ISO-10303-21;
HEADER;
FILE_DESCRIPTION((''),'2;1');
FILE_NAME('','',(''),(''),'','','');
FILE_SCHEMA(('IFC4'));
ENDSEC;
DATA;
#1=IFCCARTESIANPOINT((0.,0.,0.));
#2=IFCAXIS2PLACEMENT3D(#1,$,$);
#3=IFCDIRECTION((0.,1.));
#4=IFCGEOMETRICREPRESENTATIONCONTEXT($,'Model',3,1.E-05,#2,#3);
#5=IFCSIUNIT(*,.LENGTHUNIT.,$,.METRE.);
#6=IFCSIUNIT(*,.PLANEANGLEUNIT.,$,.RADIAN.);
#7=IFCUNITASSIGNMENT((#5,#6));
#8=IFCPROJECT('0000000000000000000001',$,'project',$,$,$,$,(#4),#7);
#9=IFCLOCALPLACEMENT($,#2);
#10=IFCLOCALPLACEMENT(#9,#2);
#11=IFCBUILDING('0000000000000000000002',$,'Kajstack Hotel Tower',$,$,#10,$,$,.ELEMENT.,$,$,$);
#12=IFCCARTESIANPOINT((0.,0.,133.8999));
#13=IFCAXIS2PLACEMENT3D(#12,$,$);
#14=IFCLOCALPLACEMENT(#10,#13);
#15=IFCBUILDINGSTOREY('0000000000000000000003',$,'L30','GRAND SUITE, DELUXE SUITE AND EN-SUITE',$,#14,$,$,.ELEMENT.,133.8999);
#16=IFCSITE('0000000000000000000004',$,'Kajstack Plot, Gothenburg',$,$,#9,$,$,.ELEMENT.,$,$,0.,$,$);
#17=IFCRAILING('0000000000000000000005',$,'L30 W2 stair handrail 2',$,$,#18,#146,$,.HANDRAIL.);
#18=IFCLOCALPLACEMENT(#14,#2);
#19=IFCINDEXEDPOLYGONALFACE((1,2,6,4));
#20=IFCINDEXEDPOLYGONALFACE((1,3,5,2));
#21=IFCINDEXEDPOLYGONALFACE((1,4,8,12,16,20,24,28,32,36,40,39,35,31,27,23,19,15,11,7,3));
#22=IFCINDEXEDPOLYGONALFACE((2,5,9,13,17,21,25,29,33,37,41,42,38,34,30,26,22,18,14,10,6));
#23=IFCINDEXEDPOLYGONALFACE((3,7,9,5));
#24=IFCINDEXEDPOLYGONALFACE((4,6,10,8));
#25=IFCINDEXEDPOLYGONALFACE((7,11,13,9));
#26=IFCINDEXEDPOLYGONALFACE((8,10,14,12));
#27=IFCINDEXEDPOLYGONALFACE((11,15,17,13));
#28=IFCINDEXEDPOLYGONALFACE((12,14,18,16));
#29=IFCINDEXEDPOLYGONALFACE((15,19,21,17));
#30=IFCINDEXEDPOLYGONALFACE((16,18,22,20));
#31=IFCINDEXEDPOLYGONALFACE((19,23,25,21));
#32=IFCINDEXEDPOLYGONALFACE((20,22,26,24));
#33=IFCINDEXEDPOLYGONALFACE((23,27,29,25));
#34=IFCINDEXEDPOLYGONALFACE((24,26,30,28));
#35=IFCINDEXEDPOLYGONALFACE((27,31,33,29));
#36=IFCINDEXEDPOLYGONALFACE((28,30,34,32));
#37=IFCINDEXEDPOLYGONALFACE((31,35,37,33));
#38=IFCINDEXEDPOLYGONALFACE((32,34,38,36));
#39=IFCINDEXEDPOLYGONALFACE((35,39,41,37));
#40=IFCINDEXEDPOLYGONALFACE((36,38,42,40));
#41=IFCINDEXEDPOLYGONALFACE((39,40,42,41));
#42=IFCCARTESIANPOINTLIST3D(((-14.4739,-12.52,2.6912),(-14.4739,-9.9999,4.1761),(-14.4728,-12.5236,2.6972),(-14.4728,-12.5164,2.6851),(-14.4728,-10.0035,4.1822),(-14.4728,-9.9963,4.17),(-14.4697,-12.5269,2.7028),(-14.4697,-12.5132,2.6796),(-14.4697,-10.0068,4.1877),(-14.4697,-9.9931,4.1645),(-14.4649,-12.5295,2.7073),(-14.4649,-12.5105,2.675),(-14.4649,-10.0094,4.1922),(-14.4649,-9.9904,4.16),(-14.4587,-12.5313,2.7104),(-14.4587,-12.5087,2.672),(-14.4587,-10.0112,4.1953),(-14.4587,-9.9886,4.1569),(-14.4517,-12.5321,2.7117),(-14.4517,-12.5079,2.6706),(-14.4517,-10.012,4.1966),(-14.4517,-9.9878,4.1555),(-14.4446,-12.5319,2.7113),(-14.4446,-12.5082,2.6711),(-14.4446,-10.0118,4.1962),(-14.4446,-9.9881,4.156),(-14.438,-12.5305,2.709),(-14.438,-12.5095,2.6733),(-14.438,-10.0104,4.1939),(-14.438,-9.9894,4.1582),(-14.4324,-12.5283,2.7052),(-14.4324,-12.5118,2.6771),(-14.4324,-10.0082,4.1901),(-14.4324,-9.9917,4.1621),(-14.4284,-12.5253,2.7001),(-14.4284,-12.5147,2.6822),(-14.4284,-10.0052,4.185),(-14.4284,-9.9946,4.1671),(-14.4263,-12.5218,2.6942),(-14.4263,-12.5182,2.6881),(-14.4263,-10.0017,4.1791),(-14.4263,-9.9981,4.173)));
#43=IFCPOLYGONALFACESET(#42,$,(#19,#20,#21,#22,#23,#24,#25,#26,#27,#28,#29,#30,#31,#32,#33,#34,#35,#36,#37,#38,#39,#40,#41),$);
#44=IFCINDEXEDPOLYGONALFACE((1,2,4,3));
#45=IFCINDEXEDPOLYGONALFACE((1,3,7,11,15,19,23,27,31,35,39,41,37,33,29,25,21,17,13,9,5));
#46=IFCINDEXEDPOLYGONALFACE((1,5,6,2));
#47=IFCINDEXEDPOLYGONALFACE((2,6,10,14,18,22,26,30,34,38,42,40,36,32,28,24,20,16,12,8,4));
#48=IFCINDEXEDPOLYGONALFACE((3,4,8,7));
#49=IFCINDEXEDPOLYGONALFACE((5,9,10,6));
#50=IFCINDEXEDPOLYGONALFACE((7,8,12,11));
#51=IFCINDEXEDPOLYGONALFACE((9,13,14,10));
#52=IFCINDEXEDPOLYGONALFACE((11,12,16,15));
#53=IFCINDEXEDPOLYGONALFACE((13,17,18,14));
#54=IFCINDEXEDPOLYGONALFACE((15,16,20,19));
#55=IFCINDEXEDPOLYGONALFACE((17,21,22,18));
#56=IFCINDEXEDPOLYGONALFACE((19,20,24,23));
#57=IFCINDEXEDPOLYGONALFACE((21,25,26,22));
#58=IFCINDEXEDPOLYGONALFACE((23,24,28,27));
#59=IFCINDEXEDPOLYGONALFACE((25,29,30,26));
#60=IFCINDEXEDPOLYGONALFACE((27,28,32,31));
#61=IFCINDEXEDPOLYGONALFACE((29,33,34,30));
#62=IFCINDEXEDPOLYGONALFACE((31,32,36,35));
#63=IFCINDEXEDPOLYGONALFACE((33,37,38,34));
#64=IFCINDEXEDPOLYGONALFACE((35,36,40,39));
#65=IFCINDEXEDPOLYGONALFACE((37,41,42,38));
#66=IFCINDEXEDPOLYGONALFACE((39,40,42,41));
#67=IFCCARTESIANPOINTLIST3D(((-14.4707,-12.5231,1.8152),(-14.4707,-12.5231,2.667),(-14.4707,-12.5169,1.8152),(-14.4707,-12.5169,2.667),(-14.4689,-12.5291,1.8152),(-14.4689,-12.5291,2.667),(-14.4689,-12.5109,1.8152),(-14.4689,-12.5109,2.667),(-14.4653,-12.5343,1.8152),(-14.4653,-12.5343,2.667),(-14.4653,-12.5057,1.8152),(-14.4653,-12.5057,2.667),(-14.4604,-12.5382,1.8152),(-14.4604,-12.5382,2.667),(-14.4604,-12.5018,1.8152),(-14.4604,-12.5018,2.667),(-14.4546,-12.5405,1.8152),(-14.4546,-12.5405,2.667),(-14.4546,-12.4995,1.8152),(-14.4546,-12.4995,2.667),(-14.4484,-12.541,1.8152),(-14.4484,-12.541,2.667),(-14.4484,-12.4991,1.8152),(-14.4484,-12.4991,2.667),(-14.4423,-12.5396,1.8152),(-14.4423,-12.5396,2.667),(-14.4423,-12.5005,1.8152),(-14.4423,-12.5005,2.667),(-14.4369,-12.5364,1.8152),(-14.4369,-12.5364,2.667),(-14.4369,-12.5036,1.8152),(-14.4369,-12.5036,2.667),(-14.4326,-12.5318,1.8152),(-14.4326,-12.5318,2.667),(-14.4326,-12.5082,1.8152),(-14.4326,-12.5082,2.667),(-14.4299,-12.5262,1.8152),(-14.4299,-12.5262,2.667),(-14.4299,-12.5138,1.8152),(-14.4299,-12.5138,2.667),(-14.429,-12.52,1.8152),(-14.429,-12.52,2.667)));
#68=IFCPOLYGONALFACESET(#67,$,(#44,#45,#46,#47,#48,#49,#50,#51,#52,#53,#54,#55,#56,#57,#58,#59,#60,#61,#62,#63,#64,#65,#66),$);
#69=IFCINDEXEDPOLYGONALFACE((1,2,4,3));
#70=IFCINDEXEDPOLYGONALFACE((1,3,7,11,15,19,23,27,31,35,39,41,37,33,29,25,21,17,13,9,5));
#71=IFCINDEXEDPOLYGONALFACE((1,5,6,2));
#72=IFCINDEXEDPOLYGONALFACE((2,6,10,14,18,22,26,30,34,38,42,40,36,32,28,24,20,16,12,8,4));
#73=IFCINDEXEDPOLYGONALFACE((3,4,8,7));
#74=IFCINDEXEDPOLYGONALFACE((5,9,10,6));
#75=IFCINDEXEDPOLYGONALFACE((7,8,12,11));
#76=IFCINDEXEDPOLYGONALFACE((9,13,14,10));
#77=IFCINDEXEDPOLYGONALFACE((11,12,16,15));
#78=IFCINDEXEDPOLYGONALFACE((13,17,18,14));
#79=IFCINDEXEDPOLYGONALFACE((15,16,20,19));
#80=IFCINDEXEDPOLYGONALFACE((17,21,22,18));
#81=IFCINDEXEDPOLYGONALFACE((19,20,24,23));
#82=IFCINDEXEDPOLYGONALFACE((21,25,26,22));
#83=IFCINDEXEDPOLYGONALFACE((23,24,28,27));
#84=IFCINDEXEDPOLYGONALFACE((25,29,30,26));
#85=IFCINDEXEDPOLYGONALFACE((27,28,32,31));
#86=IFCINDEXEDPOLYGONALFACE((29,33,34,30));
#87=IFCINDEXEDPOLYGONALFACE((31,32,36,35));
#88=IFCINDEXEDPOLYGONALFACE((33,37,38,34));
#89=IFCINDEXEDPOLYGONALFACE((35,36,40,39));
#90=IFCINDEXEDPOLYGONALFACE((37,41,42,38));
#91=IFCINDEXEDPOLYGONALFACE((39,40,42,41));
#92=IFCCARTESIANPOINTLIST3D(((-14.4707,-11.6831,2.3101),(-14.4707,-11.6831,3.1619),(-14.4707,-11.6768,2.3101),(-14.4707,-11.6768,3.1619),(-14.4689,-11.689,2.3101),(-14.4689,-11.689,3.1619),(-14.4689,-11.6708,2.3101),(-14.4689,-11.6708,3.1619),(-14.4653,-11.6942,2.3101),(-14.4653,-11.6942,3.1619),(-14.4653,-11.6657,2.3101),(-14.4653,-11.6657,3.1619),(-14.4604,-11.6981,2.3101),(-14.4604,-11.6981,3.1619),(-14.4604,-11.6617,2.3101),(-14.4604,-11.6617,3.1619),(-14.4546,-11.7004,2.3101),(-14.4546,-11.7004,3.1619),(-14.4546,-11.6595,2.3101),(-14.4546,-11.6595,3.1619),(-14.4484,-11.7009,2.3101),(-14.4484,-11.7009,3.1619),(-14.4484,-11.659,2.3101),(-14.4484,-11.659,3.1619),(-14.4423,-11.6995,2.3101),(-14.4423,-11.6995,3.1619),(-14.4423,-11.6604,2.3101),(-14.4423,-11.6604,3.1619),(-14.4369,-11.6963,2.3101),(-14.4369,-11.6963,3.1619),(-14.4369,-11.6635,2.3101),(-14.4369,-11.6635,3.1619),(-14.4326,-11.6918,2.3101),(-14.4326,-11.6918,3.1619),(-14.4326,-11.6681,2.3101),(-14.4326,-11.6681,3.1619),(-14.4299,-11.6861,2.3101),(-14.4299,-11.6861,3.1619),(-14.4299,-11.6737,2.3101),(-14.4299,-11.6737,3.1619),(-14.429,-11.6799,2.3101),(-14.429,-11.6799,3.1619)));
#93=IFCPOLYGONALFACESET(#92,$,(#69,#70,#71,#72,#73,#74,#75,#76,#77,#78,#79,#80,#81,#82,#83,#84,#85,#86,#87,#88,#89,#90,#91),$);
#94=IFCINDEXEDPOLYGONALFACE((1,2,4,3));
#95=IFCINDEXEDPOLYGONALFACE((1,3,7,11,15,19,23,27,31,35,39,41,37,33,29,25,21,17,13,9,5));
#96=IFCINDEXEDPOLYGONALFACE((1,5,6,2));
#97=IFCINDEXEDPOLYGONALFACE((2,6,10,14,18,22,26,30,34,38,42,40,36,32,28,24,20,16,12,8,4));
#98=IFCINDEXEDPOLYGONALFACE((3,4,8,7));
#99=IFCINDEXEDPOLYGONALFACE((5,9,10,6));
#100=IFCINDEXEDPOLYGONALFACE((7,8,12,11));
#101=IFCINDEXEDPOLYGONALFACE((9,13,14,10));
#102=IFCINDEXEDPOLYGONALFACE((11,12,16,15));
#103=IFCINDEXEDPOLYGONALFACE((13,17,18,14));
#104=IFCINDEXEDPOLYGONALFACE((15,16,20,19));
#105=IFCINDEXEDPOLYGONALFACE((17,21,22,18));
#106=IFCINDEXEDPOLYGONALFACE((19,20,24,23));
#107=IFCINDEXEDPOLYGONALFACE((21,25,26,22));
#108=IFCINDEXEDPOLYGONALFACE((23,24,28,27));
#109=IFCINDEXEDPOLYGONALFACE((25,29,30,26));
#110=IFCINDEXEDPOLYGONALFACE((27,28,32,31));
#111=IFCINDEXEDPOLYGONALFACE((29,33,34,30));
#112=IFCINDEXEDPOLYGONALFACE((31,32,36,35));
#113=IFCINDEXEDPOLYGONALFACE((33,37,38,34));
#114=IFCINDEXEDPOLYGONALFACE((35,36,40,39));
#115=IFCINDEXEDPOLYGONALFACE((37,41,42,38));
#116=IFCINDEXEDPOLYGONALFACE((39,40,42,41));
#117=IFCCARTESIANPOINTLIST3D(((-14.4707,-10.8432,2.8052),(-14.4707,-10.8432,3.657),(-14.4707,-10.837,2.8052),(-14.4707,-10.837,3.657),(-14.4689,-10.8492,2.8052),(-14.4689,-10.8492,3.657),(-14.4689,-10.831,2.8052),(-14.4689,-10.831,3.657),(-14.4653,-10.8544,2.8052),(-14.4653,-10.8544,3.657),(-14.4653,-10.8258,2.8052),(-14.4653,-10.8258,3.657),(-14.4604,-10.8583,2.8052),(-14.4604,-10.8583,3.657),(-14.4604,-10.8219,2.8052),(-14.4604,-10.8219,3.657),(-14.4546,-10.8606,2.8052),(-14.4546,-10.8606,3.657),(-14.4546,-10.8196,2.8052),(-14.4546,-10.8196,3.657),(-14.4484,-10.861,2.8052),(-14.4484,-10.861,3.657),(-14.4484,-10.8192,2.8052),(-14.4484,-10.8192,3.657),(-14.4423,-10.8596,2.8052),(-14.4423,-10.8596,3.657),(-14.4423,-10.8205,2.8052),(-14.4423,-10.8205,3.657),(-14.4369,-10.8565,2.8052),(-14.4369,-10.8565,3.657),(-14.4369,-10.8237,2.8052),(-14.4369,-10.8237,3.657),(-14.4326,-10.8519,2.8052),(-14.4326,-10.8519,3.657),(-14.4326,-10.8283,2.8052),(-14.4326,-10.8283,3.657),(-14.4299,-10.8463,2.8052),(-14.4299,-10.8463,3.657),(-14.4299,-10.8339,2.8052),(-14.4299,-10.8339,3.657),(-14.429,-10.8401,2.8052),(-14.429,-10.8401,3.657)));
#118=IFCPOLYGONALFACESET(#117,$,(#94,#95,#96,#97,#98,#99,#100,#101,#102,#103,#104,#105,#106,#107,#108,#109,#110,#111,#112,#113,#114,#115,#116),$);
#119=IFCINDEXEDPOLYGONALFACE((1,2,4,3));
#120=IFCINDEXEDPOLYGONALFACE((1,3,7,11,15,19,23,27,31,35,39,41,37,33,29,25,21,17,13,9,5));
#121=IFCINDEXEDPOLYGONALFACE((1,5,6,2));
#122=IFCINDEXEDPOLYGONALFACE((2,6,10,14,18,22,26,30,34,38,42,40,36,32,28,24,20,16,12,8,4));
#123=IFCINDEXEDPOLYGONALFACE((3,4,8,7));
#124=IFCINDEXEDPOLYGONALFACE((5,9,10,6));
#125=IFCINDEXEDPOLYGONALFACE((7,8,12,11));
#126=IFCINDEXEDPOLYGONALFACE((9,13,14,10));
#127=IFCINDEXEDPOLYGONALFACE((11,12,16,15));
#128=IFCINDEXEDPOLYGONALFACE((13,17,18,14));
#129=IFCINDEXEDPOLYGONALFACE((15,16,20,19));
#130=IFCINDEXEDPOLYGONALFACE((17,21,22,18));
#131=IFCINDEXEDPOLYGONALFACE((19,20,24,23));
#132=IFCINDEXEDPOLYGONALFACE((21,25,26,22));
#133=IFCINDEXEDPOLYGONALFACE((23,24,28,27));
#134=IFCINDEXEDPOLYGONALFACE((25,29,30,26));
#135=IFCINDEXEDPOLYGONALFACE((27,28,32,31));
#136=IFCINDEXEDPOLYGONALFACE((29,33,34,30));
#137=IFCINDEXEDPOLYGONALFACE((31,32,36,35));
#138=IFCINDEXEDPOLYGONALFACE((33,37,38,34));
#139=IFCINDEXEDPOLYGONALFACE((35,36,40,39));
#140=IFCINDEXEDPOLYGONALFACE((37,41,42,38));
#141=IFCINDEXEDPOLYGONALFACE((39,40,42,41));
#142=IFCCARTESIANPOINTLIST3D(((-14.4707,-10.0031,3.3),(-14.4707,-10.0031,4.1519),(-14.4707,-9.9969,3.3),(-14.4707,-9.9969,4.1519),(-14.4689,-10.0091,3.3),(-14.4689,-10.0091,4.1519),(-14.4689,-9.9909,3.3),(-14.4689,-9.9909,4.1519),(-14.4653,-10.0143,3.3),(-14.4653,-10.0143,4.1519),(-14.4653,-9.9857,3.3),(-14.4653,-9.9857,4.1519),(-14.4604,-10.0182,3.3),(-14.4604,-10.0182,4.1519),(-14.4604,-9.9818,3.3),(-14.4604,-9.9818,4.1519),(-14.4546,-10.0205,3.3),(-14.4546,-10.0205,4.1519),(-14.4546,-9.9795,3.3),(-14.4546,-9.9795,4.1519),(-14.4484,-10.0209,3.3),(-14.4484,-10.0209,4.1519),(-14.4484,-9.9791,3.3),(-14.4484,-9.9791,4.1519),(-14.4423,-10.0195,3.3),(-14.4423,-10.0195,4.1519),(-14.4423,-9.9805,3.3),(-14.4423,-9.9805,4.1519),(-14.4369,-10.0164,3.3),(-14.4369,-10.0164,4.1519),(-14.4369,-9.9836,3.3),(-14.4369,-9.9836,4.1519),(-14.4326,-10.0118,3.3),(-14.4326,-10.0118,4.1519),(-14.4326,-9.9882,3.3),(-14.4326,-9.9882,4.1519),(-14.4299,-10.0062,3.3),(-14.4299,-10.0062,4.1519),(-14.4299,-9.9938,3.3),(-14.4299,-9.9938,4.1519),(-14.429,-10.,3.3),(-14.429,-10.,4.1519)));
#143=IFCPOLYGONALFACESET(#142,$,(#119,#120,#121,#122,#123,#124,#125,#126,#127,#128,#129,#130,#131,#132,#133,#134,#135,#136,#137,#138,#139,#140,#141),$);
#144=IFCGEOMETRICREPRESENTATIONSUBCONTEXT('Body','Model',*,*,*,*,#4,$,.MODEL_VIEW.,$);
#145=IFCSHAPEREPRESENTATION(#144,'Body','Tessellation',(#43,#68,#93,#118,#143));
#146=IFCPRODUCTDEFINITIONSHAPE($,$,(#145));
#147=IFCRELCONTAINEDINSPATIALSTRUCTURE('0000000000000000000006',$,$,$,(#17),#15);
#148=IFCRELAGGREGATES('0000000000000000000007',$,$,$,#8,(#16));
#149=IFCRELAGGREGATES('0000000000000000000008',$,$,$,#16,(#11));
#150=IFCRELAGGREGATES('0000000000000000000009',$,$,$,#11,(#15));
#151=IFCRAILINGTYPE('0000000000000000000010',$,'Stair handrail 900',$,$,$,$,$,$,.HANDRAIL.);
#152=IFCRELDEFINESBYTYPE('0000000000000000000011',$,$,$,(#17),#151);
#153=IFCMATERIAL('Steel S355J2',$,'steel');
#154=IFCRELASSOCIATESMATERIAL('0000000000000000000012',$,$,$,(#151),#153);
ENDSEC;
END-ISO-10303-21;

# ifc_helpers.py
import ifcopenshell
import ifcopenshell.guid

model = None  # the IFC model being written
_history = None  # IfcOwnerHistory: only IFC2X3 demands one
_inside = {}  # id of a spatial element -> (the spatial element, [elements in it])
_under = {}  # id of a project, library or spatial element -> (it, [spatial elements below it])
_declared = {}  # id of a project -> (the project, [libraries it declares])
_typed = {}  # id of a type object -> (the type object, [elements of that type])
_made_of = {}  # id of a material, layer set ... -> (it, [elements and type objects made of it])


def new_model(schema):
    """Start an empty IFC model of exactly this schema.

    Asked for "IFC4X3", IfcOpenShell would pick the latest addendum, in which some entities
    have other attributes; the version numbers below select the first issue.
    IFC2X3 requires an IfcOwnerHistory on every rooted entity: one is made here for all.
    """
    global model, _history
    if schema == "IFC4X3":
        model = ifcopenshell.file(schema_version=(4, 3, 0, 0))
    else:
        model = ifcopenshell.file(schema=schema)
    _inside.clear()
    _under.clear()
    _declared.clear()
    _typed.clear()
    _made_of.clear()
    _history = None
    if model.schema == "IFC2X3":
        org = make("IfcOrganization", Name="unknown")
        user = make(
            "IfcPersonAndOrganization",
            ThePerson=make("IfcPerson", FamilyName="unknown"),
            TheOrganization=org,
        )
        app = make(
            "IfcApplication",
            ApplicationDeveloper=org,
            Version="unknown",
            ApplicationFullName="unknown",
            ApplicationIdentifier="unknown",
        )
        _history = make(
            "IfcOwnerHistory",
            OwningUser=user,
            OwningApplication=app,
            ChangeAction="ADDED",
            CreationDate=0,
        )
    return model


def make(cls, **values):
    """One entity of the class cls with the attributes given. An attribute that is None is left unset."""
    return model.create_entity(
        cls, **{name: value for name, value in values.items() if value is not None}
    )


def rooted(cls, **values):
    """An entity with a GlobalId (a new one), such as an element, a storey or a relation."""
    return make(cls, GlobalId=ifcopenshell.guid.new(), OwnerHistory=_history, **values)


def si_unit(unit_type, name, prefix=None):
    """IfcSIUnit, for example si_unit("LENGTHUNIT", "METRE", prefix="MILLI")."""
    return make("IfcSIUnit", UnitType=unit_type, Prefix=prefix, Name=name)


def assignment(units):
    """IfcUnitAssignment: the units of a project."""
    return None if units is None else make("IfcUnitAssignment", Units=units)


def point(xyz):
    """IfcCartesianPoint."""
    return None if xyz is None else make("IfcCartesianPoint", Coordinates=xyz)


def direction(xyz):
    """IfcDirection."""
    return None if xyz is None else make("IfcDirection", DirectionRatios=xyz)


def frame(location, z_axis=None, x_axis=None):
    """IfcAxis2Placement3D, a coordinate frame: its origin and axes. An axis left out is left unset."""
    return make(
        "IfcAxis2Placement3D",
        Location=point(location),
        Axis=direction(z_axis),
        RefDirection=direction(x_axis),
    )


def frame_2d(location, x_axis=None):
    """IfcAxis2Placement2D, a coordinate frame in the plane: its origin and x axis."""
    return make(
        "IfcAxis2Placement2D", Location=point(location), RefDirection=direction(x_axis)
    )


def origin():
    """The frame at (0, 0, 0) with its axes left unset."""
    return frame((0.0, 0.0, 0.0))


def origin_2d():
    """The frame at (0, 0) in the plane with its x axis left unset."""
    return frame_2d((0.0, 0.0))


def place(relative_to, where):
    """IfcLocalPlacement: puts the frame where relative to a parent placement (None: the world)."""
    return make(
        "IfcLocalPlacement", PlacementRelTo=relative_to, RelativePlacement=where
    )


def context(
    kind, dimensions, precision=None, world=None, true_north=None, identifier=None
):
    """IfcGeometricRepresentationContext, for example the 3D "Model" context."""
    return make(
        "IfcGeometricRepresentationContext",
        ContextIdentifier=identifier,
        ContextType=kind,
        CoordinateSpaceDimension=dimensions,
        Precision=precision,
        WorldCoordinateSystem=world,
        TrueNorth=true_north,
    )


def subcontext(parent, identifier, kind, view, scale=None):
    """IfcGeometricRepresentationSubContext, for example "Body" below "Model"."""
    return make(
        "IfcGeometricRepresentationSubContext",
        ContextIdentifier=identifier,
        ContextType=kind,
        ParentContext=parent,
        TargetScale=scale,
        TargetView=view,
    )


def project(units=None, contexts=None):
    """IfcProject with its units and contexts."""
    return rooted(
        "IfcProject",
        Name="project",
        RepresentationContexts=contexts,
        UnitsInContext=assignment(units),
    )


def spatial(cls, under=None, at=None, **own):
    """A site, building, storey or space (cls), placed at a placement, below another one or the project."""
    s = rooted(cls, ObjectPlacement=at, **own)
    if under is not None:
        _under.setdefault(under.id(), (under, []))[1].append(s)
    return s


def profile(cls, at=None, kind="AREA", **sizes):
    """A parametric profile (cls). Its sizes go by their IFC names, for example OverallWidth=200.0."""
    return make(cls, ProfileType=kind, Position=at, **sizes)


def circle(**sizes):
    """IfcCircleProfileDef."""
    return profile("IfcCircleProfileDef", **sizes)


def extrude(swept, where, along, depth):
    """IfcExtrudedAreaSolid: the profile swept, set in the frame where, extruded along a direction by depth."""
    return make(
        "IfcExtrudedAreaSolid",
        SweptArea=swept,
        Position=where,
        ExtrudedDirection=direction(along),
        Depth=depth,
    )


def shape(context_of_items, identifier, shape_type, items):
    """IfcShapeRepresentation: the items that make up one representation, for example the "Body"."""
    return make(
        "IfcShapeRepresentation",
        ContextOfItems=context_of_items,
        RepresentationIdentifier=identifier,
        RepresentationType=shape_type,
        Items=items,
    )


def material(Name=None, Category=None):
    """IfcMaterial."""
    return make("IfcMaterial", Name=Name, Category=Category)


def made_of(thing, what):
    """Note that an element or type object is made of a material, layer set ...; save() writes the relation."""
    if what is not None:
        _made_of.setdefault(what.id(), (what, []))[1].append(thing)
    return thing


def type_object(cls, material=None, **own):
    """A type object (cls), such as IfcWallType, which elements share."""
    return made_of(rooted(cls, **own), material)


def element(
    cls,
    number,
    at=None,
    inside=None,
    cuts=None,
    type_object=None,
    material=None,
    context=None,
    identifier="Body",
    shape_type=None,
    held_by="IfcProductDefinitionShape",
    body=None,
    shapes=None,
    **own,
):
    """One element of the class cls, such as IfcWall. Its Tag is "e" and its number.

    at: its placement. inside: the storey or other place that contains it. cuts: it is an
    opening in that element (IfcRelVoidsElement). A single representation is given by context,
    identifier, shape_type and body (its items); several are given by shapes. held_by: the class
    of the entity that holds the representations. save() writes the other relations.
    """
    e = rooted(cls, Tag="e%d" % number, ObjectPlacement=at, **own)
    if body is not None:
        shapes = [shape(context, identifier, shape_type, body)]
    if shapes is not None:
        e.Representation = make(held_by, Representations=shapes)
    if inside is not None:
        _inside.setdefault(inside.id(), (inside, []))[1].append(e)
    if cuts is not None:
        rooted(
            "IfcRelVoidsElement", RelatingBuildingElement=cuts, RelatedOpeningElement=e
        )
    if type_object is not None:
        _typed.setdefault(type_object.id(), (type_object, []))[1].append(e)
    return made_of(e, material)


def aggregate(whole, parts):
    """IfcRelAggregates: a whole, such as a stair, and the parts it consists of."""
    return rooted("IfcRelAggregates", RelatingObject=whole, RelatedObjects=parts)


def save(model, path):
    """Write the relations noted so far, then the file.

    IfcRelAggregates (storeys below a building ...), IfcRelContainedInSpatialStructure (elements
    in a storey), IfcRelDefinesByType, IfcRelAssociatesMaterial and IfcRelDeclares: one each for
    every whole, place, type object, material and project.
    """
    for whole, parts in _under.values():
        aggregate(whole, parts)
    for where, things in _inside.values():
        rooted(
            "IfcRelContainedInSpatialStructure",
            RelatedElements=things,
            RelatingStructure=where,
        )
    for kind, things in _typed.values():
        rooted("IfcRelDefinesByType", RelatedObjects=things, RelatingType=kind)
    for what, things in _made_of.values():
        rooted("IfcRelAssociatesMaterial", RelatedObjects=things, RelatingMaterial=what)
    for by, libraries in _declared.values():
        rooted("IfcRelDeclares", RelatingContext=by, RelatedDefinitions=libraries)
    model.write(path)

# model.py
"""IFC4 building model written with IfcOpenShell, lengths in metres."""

from ifc_helpers import new_model, si_unit, direction, frame, origin, origin_2d, place, context, subcontext, project, spatial, circle, extrude, material, type_object, element, save


model = new_model("IFC4")

# Units and contexts
model_context = context("Model", 3, precision=1e-05, world=origin(), true_north=direction((0.0, 1.0)))
body_context = subcontext(model_context, "Body", "Model", "MODEL_VIEW")
ifc_project = project(units=[si_unit("LENGTHUNIT", "METRE"), si_unit("PLANEANGLEUNIT", "RADIAN")], contexts=[model_context])

# Site, building, storey
site_placement = place(None, origin())
site = spatial("IfcSite", under=ifc_project, at=site_placement, Name="Kajstack Plot, Gothenburg", CompositionType="ELEMENT", RefElevation=0.0)
building_placement = place(site_placement, origin())
building = spatial("IfcBuilding", under=site, at=building_placement, Name="Kajstack Hotel Tower", CompositionType="ELEMENT")
storey_placement = place(building_placement, frame((0.0, 0.0, 133.8999)))
storey = spatial("IfcBuildingStorey", under=building, at=storey_placement, Name="L30", Description="GRAND SUITE, DELUXE SUITE AND EN-SUITE", CompositionType="ELEMENT", Elevation=133.8999)

# Railing
ifc_material_1 = material(Name="Steel S355J2", Category="steel")
railing_type_1 = type_object("IfcRailingType", Name="Stair handrail 900", PredefinedType="HANDRAIL", material=ifc_material_1)
railing_1_placement = place(storey_placement, frame((-14.45, -12.52, 1.8152)))
element("IfcRailing", 1, at=railing_1_placement, inside=storey, type_object=railing_type_1, Name="L30 W2 stair handrail 2", PredefinedType="HANDRAIL", context=body_context, shape_type="SweptSolid", body=[
    extrude(circle(Radius=0.0239, at=origin_2d()), frame((0.0, 0.0, 0.876), z_axis=(0.0, 0.861561, 0.507655), x_axis=(-1.0, 0.0, 0.0)), (0.0, 0.0, 1.0), 2.925),
    extrude(circle(Radius=0.021, at=origin_2d()), origin(), (0.0, 0.0, 1.0), 0.8518),
    extrude(circle(Radius=0.021, at=origin_2d()), frame((0.0, 0.8401, 0.4949)), (0.0, 0.0, 1.0), 0.8518),
    extrude(circle(Radius=0.021, at=origin_2d()), frame((0.0, 1.6799, 0.99)), (0.0, 0.0, 1.0), 0.8518),
    extrude(circle(Radius=0.021, at=origin_2d()), frame((0.0, 2.52, 1.4849)), (0.0, 0.0, 1.0), 0.8518),
])

save(model, "model.ifc")
